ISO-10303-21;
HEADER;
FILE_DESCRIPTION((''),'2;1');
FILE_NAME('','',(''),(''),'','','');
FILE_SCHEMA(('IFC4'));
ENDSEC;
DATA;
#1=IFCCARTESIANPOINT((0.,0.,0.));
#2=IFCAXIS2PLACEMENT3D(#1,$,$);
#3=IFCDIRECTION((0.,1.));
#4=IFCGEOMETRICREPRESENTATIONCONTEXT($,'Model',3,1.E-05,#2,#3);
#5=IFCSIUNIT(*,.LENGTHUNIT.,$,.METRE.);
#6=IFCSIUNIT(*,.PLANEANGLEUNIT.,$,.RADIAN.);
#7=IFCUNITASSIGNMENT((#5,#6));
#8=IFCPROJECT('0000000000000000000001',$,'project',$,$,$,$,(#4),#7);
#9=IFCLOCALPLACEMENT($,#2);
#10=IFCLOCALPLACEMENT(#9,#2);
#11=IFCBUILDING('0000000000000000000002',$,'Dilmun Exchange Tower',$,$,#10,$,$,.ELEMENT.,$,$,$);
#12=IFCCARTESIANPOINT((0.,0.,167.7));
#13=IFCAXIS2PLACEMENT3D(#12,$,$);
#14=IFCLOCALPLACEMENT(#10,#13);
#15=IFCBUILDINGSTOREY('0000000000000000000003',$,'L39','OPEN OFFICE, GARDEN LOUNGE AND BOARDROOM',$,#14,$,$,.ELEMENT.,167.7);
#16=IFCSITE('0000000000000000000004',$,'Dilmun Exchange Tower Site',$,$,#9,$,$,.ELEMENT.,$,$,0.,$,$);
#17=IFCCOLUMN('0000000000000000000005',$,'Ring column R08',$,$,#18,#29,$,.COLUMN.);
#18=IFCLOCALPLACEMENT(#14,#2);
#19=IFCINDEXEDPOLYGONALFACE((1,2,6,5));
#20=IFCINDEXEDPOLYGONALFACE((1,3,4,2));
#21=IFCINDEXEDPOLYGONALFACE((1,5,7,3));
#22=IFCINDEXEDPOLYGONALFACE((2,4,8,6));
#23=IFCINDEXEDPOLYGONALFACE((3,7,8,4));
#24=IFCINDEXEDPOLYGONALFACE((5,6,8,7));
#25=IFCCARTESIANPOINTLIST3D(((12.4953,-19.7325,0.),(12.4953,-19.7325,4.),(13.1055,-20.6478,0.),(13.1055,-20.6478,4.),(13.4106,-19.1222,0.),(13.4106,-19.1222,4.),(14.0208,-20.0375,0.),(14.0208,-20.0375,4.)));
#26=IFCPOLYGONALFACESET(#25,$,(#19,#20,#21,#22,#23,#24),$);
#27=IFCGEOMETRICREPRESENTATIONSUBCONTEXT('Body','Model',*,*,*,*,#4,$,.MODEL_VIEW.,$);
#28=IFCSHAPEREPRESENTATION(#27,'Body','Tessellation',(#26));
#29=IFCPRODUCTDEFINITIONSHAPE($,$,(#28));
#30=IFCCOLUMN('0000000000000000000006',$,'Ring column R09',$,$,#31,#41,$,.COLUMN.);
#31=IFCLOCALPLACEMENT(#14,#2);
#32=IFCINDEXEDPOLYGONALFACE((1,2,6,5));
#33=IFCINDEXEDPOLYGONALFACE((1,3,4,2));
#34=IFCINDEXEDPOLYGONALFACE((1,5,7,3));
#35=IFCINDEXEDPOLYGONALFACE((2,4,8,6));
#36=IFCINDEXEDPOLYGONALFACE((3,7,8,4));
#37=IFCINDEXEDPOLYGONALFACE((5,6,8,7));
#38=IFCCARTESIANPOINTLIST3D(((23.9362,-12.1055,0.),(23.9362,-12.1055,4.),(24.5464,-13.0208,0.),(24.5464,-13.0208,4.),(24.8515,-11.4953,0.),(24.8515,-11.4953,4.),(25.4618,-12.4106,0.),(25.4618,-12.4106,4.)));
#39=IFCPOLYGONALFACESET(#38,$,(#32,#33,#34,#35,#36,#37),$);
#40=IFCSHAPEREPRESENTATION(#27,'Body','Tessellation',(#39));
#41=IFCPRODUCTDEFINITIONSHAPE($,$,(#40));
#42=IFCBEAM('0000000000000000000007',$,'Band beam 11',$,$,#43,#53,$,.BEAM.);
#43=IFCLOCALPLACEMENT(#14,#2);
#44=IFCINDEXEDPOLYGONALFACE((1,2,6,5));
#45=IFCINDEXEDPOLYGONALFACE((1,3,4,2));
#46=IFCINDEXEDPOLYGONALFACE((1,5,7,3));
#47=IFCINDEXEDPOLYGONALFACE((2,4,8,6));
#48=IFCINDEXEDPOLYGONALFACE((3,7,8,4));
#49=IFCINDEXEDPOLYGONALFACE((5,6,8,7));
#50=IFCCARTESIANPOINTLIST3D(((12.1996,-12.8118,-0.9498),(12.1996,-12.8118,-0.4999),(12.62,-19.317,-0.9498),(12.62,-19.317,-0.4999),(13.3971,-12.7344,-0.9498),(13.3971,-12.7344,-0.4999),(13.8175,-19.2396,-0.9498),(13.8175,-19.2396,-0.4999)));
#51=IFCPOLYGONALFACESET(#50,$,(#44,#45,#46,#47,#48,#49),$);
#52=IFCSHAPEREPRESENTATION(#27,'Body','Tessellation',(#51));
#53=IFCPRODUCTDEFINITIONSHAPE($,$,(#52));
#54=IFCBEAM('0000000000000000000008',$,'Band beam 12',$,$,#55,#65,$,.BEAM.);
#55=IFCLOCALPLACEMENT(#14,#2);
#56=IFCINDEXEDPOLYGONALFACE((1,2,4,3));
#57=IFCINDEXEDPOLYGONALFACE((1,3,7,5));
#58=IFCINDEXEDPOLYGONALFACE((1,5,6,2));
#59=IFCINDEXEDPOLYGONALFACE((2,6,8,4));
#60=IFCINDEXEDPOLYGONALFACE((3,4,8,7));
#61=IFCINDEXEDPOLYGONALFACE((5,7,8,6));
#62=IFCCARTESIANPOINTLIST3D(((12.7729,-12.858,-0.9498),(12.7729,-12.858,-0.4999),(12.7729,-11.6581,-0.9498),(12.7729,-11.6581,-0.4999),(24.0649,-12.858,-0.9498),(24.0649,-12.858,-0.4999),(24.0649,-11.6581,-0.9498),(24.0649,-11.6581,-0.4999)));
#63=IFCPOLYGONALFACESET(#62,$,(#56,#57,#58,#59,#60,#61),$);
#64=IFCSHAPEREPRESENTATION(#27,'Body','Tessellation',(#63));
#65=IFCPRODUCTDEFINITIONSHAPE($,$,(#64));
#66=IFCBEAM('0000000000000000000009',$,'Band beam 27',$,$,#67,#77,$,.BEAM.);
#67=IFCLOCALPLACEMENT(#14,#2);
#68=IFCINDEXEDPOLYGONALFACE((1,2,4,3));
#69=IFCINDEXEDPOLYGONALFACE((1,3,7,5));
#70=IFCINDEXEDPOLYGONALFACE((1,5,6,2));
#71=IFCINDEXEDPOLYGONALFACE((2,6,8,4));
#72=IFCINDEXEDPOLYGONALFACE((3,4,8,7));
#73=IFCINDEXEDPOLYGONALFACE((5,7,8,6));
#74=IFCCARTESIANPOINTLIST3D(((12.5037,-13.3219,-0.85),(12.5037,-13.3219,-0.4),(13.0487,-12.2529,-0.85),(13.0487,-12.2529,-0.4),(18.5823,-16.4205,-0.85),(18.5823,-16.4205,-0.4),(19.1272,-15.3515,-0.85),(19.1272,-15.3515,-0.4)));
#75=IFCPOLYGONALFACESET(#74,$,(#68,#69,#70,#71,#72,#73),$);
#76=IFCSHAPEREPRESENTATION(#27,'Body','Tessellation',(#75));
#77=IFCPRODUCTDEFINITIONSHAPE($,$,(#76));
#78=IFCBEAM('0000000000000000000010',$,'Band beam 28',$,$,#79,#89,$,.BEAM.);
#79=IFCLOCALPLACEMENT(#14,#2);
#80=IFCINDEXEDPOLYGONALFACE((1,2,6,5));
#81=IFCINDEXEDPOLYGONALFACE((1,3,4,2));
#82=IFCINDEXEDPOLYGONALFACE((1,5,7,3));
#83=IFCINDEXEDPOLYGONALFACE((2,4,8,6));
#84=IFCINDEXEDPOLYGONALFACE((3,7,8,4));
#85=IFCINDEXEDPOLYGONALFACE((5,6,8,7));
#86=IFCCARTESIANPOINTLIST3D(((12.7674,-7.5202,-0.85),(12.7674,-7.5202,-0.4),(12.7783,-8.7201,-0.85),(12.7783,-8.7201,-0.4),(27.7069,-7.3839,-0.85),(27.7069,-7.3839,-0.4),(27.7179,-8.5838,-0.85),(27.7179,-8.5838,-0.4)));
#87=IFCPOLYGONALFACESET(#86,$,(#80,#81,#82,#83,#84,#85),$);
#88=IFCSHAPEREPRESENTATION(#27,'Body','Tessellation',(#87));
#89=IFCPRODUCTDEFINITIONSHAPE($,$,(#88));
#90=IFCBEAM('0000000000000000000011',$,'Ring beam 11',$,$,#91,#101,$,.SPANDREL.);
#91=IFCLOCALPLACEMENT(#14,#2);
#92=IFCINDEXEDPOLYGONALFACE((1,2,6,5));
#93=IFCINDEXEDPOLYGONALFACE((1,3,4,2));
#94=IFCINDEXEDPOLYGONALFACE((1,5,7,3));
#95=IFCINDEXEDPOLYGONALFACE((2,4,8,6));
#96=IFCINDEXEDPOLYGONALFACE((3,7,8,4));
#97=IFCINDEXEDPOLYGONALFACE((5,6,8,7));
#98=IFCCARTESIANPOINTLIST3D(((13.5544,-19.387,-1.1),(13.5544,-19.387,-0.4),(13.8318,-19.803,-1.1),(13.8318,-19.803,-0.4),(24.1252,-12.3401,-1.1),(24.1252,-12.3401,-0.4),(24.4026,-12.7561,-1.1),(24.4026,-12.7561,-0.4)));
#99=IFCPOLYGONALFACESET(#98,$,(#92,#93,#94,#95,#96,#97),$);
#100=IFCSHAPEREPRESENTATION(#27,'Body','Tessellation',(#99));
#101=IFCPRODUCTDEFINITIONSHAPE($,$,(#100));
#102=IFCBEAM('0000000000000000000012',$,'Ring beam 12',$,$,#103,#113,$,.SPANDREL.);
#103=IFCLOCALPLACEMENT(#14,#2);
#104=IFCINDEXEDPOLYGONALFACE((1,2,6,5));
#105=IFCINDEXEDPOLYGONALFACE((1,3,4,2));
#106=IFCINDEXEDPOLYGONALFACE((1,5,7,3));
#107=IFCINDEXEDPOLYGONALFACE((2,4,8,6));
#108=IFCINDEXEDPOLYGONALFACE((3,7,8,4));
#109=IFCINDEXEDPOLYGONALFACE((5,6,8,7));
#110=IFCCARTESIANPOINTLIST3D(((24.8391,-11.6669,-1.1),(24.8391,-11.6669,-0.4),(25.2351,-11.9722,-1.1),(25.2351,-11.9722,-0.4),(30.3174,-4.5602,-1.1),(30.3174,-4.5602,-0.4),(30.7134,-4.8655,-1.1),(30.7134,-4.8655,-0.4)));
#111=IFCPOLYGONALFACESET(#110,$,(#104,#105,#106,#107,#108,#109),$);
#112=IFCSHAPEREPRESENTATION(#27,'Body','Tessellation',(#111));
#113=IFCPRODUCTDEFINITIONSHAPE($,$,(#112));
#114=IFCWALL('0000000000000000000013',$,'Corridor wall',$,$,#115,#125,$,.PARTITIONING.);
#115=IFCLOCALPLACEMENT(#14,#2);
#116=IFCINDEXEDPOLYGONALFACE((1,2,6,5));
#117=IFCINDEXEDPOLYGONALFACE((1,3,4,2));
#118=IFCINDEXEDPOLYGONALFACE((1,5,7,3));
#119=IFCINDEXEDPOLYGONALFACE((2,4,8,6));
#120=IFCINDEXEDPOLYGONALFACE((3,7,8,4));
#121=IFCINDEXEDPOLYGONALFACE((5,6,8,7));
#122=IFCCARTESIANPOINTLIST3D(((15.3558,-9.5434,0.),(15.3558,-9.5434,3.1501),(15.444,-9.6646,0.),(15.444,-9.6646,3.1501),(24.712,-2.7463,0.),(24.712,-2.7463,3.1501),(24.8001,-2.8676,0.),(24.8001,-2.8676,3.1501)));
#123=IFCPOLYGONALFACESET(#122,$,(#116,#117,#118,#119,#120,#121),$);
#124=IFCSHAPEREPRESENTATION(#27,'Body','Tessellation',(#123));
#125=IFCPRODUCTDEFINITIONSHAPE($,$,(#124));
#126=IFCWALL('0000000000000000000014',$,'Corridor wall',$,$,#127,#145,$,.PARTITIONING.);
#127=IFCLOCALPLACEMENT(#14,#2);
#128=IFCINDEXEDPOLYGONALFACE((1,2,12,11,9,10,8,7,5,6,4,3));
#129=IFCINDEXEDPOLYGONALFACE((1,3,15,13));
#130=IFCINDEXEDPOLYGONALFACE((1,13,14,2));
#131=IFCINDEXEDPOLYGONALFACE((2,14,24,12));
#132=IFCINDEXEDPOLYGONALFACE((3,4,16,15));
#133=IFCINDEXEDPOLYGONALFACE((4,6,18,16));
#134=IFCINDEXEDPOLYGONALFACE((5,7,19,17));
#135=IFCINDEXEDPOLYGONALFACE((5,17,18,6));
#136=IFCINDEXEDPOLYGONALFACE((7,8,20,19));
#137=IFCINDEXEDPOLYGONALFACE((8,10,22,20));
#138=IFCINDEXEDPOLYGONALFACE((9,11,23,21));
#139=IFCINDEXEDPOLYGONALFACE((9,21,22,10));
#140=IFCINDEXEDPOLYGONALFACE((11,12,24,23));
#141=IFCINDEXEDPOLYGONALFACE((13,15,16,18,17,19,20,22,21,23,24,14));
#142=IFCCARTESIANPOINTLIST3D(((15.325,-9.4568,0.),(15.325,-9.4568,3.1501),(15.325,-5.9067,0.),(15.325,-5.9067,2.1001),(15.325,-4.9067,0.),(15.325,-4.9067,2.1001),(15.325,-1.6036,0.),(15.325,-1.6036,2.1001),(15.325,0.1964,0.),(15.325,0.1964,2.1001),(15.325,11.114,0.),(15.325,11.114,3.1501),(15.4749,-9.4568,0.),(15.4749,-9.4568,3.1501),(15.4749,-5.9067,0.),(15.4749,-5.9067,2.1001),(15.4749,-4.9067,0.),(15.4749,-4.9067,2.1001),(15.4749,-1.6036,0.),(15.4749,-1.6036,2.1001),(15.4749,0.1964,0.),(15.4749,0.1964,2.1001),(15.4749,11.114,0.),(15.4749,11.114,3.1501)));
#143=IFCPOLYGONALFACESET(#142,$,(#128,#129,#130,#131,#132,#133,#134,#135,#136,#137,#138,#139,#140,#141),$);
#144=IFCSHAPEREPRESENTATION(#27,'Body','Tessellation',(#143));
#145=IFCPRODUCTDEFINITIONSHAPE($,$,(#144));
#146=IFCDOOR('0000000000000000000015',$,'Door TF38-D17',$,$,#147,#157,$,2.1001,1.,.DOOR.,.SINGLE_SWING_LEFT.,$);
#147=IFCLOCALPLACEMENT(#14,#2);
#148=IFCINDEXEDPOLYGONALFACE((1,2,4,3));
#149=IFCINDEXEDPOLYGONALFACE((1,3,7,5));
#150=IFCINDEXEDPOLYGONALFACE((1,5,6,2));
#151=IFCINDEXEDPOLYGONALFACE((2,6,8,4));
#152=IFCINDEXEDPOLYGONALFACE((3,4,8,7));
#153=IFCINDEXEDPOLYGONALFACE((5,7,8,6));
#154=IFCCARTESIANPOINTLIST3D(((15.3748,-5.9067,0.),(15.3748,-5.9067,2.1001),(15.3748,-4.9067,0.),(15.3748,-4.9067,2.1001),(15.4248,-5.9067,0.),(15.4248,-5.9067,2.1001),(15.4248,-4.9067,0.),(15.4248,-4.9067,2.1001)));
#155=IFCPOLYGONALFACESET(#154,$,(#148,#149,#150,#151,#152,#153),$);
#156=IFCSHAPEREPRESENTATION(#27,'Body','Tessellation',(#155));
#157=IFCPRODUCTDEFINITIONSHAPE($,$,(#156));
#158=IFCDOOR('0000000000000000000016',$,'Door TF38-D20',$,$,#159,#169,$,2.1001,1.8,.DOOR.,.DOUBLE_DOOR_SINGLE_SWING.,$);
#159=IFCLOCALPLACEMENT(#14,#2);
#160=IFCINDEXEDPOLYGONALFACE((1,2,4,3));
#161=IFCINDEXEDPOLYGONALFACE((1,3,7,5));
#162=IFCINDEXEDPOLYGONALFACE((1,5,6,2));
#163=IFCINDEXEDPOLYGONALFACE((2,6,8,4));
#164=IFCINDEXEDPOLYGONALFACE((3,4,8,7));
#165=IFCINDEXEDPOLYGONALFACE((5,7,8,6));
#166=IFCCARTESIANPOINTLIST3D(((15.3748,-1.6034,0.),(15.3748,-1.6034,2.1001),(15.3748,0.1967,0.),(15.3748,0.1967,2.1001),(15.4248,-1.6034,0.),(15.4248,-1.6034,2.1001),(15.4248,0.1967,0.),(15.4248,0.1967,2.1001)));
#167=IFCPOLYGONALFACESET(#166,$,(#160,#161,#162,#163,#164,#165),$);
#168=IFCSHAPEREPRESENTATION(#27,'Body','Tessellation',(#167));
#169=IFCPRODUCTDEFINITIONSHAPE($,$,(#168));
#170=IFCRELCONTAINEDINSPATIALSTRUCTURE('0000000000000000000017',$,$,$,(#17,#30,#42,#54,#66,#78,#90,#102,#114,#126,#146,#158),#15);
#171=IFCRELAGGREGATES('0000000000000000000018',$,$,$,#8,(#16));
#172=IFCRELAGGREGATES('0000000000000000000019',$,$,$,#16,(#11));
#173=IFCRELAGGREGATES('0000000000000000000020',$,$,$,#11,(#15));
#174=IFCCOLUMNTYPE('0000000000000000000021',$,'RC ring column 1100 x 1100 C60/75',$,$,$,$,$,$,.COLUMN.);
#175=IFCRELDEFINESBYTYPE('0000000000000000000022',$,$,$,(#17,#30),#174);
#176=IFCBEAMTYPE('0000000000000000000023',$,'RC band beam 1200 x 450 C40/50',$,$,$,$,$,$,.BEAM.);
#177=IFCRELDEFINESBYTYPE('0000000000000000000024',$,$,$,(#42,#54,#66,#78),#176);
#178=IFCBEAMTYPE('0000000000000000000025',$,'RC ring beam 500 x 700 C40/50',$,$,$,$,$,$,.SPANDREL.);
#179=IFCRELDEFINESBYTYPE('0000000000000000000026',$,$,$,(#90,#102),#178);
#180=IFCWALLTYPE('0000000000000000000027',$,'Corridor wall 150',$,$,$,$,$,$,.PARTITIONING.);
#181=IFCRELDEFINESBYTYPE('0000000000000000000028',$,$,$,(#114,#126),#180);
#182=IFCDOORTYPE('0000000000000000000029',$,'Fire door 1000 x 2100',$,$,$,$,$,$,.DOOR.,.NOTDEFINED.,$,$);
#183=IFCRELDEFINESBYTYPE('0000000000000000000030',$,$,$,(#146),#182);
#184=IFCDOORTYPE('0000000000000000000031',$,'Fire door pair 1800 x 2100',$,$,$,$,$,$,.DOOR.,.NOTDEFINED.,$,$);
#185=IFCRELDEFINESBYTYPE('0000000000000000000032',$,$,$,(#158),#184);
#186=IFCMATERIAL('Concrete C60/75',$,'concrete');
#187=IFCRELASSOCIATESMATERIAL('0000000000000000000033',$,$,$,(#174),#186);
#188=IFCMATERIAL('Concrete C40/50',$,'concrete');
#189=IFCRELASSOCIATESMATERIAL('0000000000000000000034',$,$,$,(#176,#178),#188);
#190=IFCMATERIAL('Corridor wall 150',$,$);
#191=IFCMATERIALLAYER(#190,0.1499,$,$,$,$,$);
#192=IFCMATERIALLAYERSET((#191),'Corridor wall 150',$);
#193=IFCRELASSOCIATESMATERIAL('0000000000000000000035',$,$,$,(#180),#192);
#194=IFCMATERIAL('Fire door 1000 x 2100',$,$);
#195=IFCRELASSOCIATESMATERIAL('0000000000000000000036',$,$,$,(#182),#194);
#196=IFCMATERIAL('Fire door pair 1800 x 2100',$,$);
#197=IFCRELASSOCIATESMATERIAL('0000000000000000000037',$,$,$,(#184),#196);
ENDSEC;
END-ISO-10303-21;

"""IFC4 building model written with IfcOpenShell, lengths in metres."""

from ifc_helpers import new_model, si_unit, direction, frame, frame_2d, origin, origin_2d, place, context, subcontext, project, spatial, rectangle, extrude, material, layer, layer_set, material_profile, profile_set, type_object, element, fill, save


model = new_model("IFC4")

# Units and contexts
model_context = context("Model", 3, precision=1e-05, world=origin(), true_north=direction((0.0, 1.0)))
body_context = subcontext(model_context, "Body", "Model", "MODEL_VIEW")
ifc_project = project(units=[si_unit("LENGTHUNIT", "METRE"), si_unit("PLANEANGLEUNIT", "RADIAN")], contexts=[model_context])

# Site, building, storey
site_placement = place(None, origin())
site = spatial("IfcSite", under=ifc_project, at=site_placement, Name="Dilmun Exchange Tower Site", CompositionType="ELEMENT", RefElevation=0.0)
building_placement = place(site_placement, origin())
building = spatial("IfcBuilding", under=site, at=building_placement, Name="Dilmun Exchange Tower", CompositionType="ELEMENT")
storey_placement = place(building_placement, frame((0.0, 0.0, 167.7)))
storey = spatial("IfcBuildingStorey", under=building, at=storey_placement, Name="L39", Description="OPEN OFFICE, GARDEN LOUNGE AND BOARDROOM", CompositionType="ELEMENT", Elevation=167.7)

# Columns
ifc_material_1 = material(Name="Concrete C60/75", Category="concrete")
ifc_material_profile_1 = material_profile(ifc_material_1, rectangle(XDim=1.1001, YDim=1.1001, at=origin_2d()), Name="1100 x 1100")
ifc_profile_set_1 = profile_set([ifc_material_profile_1], Name="Concrete C60/75")
column_type = type_object("IfcColumnType", Name="RC ring column 1100 x 1100 C60/75", PredefinedType="COLUMN", material=ifc_profile_set_1)
for number, where, z_axis, x_axis, name in (
    (1, (13.2581, -19.885, 0.0), (0.0, 0.0, 1.0), (0.832029, 0.554733, 0.0), "Ring column R08"),
    (2, (24.699, -12.2581, 0.0), (0.0, 0.0, 1.0), (0.832029, 0.554733, 0.0), "Ring column R09"),
):
    element("IfcColumn", number, at=place(storey_placement, frame(where, z_axis=z_axis, x_axis=x_axis)), inside=storey, type_object=column_type, Name=name, PredefinedType="COLUMN", context=body_context, shape_type="SweptSolid", body=[
        extrude(rectangle(XDim=1.1001, YDim=1.1001, at=origin_2d()), origin(), (0.0, 0.0, 1.0), 4.0),
    ])

# Beams
ifc_material_2 = material(Name="Concrete C40/50", Category="concrete")
ifc_material_profile_2 = material_profile(ifc_material_2, rectangle(XDim=1.2, YDim=0.45, at=origin_2d()), Name="1200 x 450")
ifc_profile_set_2 = profile_set([ifc_material_profile_2], Name="Concrete C40/50")
beam_type_1 = type_object("IfcBeamType", Name="RC band beam 1200 x 450 C40/50", PredefinedType="BEAM", material=ifc_profile_set_2)
beam_1_placement = place(storey_placement, frame((13.2188, -19.2783, -0.7249), z_axis=(-0.064493, 0.997918, 0.0), x_axis=(-0.997918, -0.064493, 0.0)))
element("IfcBeam", 3, at=beam_1_placement, inside=storey, type_object=beam_type_1, Name="Band beam 11", PredefinedType="BEAM", context=body_context, shape_type="SweptSolid", body=[
    extrude(rectangle(XDim=1.2, YDim=0.45, at=origin_2d()), origin(), (0.0, 0.0, 1.0), 6.5188),
])
beam_2_placement = place(storey_placement, frame((24.0649, -12.2581, -0.7249), z_axis=(-1.0, 0.0, 0.0), x_axis=(0.0, -1.0, 0.0)))
element("IfcBeam", 4, at=beam_2_placement, inside=storey, type_object=beam_type_1, Name="Band beam 12", PredefinedType="BEAM", context=body_context, shape_type="SweptSolid", body=[
    extrude(rectangle(XDim=1.2, YDim=0.45, at=origin_2d()), origin(), (0.0, 0.0, 1.0), 11.292),
])
beam_3_placement = place(storey_placement, frame((18.8547, -15.886, -0.625), z_axis=(-0.890922, 0.454156, 0.0), x_axis=(-0.454156, -0.890922, 0.0)))
element("IfcBeam", 5, at=beam_3_placement, inside=storey, type_object=beam_type_1, Name="Band beam 27", PredefinedType="BEAM", context=body_context, shape_type="SweptSolid", body=[
    extrude(rectangle(XDim=1.2, YDim=0.45, at=origin_2d()), origin(), (0.0, 0.0, 1.0), 6.8228),
])
beam_4_placement = place(storey_placement, frame((27.7124, -7.9839, -0.625), z_axis=(-0.999958, -0.009118, 0.0), x_axis=(0.009118, -0.999958, 0.0)))
element("IfcBeam", 6, at=beam_4_placement, inside=storey, type_object=beam_type_1, Name="Band beam 28", PredefinedType="BEAM", context=body_context, shape_type="SweptSolid", body=[
    extrude(rectangle(XDim=1.2, YDim=0.45, at=origin_2d()), origin(), (0.0, 0.0, 1.0), 14.9402),
])
ifc_material_profile_3 = material_profile(ifc_material_2, rectangle(XDim=0.5, YDim=0.7, at=origin_2d()), Name="500 x 700")
ifc_profile_set_3 = profile_set([ifc_material_profile_3], Name="Concrete C40/50")
beam_type_2 = type_object("IfcBeamType", Name="RC ring beam 500 x 700 C40/50", PredefinedType="SPANDREL", material=ifc_profile_set_3)
beam_5_placement = place(storey_placement, frame((13.6931, -19.595, -0.75), z_axis=(0.832062, 0.554682, 0.0), x_axis=(-0.554682, 0.832062, 0.0)))
element("IfcBeam", 7, at=beam_5_placement, inside=storey, type_object=beam_type_2, Name="Ring beam 11", PredefinedType="SPANDREL", context=body_context, shape_type="SweptSolid", body=[
    extrude(rectangle(XDim=0.5, YDim=0.7, at=origin_2d()), origin(), (0.0, 0.0, 1.0), 12.7043),
])
beam_6_placement = place(storey_placement, frame((25.0371, -11.8196, -0.75), z_axis=(0.610522, 0.792, 0.0), x_axis=(-0.792, 0.610522, 0.0)))
element("IfcBeam", 8, at=beam_6_placement, inside=storey, type_object=beam_type_2, Name="Ring beam 12", PredefinedType="SPANDREL", context=body_context, shape_type="SweptSolid", body=[
    extrude(rectangle(XDim=0.5, YDim=0.7, at=origin_2d()), origin(), (0.0, 0.0, 1.0), 8.9731),
])

# Wall
ifc_material_3 = material(Name="Corridor wall 150")
ifc_layer_1 = layer(ifc_material_3, 0.1499)
ifc_layer_set_1 = layer_set([ifc_layer_1], Name="Corridor wall 150")
wall_type_1 = type_object("IfcWallType", Name="Corridor wall 150", PredefinedType="PARTITIONING", material=ifc_layer_set_1)
wall_1_placement = place(storey_placement, frame((15.3999, -9.604, 0.0), z_axis=(0.0, 0.0, 1.0), x_axis=(0.80904, 0.587754, 0.0)))
element("IfcWall", 9, at=wall_1_placement, inside=storey, type_object=wall_type_1, Name="Corridor wall", PredefinedType="PARTITIONING", context=body_context, shape_type="SweptSolid", body=[
    extrude(rectangle(XDim=11.5645, YDim=0.1499, at=frame_2d((5.7822, 0.0))), origin(), (0.0, 0.0, 1.0), 3.1501),
])

# Wall, openings, doors
wall_2_placement = place(storey_placement, frame((15.3999, -9.4568, 0.0), z_axis=(0.0, 0.0, 1.0), x_axis=(0.0, 1.0, 0.0)))
wall_2 = element("IfcWall", 10, at=wall_2_placement, inside=storey, type_object=wall_type_1, Name="Corridor wall", PredefinedType="PARTITIONING", context=body_context, shape_type="SweptSolid", body=[
    extrude(rectangle(XDim=20.5708, YDim=0.1499, at=frame_2d((10.2854, 0.0))), origin(), (0.0, 0.0, 1.0), 3.1501),
])
opening_1_placement = place(wall_2_placement, frame((3.55, 0.0, 0.0)))
opening_1 = element("IfcOpeningElement", 11, at=opening_1_placement, cuts=wall_2, PredefinedType="OPENING", context=body_context, shape_type="SweptSolid", body=[
    extrude(rectangle(XDim=1.0, YDim=2.1001, at=frame_2d((0.5, 1.05))), frame((0.0, 0.085, 0.0), z_axis=(0.0, -1.0, 0.0), x_axis=(1.0, 0.0, 0.0)), (0.0, 0.0, 1.0), 0.1699),
])
opening_2_placement = place(wall_2_placement, frame((7.8533, 0.0, 0.0)))
opening_2 = element("IfcOpeningElement", 12, at=opening_2_placement, cuts=wall_2, PredefinedType="OPENING", context=body_context, shape_type="SweptSolid", body=[
    extrude(rectangle(XDim=1.8, YDim=2.1001, at=frame_2d((0.8999, 1.05))), frame((0.0, 0.085, 0.0), z_axis=(0.0, -1.0, 0.0), x_axis=(1.0, 0.0, 0.0)), (0.0, 0.0, 1.0), 0.1699),
])
ifc_material_4 = material(Name="Fire door 1000 x 2100")
door_type_1 = type_object("IfcDoorType", Name="Fire door 1000 x 2100", OperationType="NOTDEFINED", PredefinedType="DOOR", material=ifc_material_4)
door_1_placement = place(opening_1_placement, frame((1.0, 0.0, 0.0), z_axis=(0.0, 0.0, 1.0), x_axis=(-1.0, 0.0, 0.0)))
door_1 = element("IfcDoor", 13, at=door_1_placement, inside=storey, type_object=door_type_1, Name="Door TF38-D17", OperationType="SINGLE_SWING_LEFT", OverallHeight=2.1001, OverallWidth=1.0, PredefinedType="DOOR", context=body_context, shape_type="SweptSolid", body=[
    extrude(rectangle(XDim=1.0, YDim=2.1001, at=frame_2d((0.5, 1.05))), frame((0.0, 0.0249, 0.0), z_axis=(0.0, -1.0, 0.0), x_axis=(1.0, 0.0, 0.0)), (0.0, 0.0, 1.0), 0.05),
])
fill(opening_1, door_1)
ifc_material_5 = material(Name="Fire door pair 1800 x 2100")
door_type_2 = type_object("IfcDoorType", Name="Fire door pair 1800 x 2100", OperationType="NOTDEFINED", PredefinedType="DOOR", material=ifc_material_5)
door_2_placement = place(opening_2_placement, frame((1.8, 0.0, 0.0), z_axis=(0.0, 0.0, 1.0), x_axis=(-1.0, 0.0, 0.0)))
door_2 = element("IfcDoor", 14, at=door_2_placement, inside=storey, type_object=door_type_2, Name="Door TF38-D20", OperationType="DOUBLE_DOOR_SINGLE_SWING", OverallHeight=2.1001, OverallWidth=1.8, PredefinedType="DOOR", context=body_context, shape_type="SweptSolid", body=[
    extrude(rectangle(XDim=1.8, YDim=2.1001, at=frame_2d((0.8999, 1.05))), frame((0.0, 0.0249, 0.0), z_axis=(0.0, -1.0, 0.0), x_axis=(1.0, 0.0, 0.0)), (0.0, 0.0, 1.0), 0.05),
])
fill(opening_2, door_2)

save(model, "model.ifc")
